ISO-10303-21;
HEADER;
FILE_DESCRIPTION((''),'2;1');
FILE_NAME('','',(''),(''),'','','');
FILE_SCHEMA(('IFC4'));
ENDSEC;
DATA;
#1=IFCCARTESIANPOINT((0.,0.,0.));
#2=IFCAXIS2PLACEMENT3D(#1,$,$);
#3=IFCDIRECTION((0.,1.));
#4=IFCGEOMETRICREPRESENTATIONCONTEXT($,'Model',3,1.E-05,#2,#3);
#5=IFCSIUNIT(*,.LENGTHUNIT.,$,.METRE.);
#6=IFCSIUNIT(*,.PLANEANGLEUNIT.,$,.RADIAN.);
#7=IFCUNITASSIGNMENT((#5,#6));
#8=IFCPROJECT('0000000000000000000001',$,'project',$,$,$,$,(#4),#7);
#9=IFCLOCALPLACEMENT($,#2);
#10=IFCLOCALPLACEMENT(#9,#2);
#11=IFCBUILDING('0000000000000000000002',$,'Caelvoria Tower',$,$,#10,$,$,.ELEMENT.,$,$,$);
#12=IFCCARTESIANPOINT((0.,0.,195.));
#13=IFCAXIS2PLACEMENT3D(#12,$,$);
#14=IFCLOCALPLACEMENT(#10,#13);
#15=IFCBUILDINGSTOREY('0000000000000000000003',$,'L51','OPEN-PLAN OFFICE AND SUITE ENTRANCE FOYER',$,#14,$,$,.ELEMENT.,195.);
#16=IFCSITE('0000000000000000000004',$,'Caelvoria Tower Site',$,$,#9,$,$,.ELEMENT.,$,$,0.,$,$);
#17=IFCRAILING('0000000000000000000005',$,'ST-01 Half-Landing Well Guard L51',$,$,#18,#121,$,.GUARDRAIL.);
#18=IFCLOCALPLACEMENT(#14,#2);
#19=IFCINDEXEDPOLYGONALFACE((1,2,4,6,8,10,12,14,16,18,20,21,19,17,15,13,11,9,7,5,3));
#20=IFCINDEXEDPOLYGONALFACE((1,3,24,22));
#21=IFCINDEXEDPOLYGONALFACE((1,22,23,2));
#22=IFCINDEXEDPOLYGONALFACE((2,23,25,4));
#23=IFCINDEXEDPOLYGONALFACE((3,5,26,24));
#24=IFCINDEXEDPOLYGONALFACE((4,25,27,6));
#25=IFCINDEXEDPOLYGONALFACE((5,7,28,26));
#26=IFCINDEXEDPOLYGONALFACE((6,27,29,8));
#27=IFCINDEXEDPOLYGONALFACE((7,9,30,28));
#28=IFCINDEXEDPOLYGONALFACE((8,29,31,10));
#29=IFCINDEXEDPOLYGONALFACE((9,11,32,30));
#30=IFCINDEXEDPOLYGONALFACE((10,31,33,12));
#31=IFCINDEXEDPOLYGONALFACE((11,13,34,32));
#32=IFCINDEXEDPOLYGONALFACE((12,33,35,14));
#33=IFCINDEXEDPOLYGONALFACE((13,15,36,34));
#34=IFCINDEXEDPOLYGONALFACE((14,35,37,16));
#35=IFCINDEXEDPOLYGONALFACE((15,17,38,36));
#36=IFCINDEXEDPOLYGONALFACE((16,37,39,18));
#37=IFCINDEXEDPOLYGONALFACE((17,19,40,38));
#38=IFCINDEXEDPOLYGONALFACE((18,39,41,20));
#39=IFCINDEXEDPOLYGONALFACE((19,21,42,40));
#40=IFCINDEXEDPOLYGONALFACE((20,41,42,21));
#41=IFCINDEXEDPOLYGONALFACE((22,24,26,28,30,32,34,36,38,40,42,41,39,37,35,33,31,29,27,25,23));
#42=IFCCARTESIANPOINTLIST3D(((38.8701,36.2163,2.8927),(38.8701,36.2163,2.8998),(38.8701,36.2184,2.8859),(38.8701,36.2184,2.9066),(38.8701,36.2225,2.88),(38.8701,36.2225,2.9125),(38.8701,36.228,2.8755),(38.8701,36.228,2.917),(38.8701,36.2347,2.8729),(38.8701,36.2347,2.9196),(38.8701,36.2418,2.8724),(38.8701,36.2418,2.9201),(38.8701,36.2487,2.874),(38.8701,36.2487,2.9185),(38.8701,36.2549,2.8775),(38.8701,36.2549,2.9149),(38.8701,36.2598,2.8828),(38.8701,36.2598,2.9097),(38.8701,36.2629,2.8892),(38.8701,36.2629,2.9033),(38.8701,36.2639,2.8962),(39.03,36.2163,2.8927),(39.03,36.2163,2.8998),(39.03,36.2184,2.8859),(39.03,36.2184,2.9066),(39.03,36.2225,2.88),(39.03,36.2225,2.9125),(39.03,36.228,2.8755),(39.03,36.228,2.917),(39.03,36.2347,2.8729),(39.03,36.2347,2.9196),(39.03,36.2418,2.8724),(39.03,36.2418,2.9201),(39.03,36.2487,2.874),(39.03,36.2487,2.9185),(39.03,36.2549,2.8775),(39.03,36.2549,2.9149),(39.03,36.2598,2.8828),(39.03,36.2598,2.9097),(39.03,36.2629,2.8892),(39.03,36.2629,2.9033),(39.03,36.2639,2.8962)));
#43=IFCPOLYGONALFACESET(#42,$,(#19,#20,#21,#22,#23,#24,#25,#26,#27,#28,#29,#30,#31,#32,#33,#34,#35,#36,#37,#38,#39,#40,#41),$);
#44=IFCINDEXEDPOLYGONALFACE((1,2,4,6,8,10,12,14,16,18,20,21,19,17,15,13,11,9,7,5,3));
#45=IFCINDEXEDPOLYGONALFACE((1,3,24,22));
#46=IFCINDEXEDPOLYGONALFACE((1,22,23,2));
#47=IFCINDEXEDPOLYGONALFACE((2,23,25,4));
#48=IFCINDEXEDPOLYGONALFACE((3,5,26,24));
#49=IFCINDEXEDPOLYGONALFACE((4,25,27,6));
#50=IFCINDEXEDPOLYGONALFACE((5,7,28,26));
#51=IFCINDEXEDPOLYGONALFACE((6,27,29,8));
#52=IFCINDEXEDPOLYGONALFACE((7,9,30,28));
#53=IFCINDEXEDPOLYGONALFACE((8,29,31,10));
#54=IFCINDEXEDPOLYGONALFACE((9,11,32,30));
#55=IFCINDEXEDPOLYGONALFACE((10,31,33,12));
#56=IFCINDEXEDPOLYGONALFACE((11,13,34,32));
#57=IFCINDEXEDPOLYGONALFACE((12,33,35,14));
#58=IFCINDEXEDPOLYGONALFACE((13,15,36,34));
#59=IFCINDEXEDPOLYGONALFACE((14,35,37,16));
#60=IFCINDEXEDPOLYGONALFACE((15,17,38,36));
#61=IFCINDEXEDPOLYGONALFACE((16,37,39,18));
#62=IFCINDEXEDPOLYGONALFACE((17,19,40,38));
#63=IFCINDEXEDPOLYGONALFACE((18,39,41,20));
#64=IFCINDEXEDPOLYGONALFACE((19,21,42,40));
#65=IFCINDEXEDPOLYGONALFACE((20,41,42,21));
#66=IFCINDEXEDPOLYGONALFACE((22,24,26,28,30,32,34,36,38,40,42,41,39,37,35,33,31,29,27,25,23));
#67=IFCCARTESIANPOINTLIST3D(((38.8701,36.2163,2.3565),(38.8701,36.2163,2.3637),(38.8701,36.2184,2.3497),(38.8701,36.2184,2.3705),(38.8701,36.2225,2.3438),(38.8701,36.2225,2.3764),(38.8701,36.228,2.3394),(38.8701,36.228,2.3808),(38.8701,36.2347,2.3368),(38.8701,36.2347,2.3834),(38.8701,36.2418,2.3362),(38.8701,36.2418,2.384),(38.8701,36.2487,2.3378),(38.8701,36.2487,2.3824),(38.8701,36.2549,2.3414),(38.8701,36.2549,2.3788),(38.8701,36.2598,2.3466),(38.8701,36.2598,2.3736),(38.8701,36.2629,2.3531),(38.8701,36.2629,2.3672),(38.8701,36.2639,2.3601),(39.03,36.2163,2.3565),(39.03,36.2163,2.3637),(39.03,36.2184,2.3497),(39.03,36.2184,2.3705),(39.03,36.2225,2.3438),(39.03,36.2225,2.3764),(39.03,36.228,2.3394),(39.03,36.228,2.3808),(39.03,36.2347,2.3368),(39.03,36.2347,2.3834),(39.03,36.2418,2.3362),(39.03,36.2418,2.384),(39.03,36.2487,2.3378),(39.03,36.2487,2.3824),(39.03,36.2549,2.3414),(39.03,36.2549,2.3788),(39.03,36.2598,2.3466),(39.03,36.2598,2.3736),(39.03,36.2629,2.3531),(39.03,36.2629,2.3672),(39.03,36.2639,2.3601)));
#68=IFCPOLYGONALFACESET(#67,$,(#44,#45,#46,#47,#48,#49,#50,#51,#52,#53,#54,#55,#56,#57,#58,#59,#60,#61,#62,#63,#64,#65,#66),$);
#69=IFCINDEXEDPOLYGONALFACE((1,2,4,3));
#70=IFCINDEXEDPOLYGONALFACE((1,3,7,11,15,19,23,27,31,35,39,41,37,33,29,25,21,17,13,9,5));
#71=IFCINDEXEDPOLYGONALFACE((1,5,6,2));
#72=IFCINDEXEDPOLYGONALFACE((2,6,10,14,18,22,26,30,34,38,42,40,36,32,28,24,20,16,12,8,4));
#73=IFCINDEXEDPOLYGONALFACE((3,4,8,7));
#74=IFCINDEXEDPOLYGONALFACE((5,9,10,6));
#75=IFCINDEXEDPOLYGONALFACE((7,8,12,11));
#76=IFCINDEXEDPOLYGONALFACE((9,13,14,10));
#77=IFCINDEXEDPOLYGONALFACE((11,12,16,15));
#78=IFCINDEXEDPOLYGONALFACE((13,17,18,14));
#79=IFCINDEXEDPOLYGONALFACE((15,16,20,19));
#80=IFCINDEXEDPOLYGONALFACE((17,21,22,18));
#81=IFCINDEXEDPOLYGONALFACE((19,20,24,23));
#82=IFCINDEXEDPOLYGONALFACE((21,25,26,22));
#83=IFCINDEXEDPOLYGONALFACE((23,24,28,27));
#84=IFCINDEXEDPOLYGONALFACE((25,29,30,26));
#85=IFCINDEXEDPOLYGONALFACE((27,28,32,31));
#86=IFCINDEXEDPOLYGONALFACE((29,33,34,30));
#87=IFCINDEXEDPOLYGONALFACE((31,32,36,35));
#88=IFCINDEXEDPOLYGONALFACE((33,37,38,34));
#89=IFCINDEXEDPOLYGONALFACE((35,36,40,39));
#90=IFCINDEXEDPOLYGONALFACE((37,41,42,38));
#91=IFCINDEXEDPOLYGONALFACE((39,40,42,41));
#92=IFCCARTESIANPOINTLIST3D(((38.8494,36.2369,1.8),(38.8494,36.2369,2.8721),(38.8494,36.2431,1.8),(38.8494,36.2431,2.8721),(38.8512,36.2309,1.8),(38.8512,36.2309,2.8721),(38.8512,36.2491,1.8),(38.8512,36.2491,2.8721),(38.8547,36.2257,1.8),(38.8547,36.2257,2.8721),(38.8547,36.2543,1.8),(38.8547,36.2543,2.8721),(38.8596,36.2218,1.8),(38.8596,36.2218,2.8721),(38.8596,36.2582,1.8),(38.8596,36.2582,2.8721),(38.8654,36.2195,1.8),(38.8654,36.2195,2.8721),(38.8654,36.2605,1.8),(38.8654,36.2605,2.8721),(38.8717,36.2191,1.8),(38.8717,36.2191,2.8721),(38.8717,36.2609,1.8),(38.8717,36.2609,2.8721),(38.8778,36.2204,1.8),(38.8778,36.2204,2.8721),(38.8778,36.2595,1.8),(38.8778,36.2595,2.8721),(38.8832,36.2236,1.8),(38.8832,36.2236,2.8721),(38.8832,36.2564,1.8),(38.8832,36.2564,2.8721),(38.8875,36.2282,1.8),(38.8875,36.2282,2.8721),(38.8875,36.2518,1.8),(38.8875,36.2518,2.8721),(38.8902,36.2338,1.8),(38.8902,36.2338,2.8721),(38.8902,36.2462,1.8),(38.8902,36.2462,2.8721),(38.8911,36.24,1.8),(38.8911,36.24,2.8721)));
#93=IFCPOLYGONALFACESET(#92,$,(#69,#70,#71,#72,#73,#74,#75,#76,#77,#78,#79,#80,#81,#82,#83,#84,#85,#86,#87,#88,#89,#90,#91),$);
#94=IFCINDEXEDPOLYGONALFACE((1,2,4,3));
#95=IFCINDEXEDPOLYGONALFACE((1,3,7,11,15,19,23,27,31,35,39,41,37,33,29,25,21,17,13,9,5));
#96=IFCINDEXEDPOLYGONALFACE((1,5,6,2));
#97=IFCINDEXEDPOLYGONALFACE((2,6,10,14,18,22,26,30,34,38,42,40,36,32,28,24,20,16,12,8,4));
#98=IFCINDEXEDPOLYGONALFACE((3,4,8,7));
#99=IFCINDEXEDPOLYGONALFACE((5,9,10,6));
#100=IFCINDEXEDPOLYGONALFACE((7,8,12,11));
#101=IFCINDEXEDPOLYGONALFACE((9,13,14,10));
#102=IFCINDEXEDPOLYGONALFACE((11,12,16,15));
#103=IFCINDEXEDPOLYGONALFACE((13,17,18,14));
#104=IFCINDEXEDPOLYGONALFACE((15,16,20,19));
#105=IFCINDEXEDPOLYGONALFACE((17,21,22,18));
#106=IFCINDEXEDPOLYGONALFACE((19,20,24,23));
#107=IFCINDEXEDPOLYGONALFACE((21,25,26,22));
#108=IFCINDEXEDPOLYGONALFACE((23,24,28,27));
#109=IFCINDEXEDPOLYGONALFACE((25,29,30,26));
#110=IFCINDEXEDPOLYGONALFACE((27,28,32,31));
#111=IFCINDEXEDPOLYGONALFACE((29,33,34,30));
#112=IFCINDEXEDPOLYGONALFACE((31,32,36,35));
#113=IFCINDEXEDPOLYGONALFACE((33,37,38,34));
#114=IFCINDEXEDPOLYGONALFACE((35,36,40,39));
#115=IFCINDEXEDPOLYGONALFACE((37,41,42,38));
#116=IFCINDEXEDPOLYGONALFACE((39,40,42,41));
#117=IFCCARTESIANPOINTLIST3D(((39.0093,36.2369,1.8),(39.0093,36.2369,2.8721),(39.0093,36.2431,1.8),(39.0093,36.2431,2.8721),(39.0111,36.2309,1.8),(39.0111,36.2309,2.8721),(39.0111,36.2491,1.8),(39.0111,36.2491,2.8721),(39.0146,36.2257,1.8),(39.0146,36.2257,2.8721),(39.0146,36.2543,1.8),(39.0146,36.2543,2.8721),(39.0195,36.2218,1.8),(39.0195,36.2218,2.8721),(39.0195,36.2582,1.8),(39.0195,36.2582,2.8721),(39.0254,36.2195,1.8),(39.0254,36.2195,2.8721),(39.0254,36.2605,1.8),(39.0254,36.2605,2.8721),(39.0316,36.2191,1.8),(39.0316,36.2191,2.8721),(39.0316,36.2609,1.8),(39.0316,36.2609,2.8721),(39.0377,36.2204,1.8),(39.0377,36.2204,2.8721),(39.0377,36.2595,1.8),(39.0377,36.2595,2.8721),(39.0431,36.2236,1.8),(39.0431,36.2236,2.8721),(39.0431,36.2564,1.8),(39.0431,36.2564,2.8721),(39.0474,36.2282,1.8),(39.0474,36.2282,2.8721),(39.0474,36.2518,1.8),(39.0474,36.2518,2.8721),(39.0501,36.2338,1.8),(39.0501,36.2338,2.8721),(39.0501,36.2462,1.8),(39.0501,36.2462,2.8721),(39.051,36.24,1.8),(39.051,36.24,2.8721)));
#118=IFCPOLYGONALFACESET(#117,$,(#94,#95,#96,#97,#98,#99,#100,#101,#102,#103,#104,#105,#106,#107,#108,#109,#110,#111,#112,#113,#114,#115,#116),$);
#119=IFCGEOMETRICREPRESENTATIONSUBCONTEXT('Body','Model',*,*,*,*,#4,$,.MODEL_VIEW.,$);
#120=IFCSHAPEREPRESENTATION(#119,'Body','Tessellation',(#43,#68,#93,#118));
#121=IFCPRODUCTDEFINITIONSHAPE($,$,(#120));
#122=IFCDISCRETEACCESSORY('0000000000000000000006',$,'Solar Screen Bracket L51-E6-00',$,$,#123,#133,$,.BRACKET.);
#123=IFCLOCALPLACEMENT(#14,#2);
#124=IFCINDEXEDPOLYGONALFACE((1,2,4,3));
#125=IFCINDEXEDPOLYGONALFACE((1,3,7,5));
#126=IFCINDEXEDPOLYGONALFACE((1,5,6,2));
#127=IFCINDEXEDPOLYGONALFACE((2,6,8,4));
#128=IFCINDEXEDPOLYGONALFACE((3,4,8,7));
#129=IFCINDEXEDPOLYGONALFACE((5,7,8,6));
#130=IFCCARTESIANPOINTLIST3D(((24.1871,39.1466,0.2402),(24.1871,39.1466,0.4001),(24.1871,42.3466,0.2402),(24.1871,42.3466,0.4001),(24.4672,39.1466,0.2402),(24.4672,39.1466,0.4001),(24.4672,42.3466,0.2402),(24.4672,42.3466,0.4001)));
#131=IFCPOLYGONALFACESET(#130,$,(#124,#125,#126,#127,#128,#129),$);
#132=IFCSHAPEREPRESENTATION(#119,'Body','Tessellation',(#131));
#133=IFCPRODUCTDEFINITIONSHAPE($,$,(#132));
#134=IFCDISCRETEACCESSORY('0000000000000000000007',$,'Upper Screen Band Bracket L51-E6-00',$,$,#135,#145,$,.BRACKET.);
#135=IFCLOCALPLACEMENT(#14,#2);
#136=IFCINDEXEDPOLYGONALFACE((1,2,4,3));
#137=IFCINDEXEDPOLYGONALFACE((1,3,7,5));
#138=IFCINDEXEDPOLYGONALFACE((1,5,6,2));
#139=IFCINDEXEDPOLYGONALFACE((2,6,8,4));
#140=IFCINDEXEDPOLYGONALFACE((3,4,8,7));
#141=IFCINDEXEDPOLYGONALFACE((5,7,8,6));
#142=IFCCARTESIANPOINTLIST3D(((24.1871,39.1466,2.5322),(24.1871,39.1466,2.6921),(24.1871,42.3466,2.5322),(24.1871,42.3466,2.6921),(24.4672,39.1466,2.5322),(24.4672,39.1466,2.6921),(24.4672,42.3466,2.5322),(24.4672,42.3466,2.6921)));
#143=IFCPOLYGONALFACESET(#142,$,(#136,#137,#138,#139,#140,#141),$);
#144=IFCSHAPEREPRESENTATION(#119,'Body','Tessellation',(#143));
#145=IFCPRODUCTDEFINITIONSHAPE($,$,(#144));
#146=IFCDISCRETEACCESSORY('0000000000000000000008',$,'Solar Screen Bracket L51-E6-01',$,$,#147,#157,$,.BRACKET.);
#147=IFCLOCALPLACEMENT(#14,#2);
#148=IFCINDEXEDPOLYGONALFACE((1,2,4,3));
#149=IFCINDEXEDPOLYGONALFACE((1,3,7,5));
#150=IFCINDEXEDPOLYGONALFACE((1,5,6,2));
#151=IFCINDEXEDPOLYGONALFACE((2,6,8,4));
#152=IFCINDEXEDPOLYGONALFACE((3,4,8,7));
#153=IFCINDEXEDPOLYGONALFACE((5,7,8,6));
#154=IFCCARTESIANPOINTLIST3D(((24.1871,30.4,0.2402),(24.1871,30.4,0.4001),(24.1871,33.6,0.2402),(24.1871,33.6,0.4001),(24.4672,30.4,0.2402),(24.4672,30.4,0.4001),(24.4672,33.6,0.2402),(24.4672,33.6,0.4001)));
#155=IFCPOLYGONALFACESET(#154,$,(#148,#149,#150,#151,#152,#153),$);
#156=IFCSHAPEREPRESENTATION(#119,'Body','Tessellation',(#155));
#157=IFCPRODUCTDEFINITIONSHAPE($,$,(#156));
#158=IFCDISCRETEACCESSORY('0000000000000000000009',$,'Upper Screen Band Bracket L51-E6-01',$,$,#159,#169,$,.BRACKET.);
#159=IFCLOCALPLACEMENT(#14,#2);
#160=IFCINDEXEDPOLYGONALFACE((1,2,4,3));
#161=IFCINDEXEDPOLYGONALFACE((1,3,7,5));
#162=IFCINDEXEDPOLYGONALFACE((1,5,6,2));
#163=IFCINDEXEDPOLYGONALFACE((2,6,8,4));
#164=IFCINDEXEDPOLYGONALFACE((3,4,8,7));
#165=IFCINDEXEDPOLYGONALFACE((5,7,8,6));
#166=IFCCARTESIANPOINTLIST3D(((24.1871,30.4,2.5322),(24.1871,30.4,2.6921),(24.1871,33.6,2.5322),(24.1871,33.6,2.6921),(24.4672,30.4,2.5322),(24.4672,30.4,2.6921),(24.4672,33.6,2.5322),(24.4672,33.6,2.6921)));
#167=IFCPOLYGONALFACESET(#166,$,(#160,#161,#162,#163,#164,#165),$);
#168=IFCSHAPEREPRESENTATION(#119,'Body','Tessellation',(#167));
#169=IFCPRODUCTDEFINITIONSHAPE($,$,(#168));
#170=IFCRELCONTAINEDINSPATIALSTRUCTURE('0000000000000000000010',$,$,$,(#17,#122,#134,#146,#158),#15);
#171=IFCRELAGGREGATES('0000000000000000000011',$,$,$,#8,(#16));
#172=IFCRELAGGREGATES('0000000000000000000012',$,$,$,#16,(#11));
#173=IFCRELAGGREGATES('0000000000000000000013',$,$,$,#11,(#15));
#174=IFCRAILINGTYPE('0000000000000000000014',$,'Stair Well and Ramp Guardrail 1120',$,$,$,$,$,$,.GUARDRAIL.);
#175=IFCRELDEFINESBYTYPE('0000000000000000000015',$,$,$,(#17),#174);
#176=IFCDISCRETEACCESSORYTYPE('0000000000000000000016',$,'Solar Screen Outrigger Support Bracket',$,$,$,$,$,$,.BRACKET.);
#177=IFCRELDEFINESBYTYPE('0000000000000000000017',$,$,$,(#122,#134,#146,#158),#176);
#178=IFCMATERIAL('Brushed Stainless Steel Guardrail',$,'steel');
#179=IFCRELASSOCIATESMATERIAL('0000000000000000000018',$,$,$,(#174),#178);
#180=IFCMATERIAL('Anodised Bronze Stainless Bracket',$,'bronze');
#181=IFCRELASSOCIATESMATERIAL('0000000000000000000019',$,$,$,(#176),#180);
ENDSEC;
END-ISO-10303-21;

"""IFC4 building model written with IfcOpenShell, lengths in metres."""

from ifc_helpers import new_model, si_unit, direction, frame, origin, origin_2d, place, context, subcontext, project, spatial, rectangle, circle, extrude, material, type_object, element, save


model = new_model("IFC4")

# Units and contexts
model_context = context("Model", 3, precision=1e-05, world=origin(), true_north=direction((0.0, 1.0)))
body_context = subcontext(model_context, "Body", "Model", "MODEL_VIEW")
ifc_project = project(units=[si_unit("LENGTHUNIT", "METRE"), si_unit("PLANEANGLEUNIT", "RADIAN")], contexts=[model_context])

# Site, building, storey
site_placement = place(None, origin())
site = spatial("IfcSite", under=ifc_project, at=site_placement, Name="Caelvoria Tower Site", CompositionType="ELEMENT", RefElevation=0.0)
building_placement = place(site_placement, origin())
building = spatial("IfcBuilding", under=site, at=building_placement, Name="Caelvoria Tower", CompositionType="ELEMENT")
storey_placement = place(building_placement, frame((0.0, 0.0, 195.0)))
storey = spatial("IfcBuildingStorey", under=building, at=storey_placement, Name="L51", Description="OPEN-PLAN OFFICE AND SUITE ENTRANCE FOYER", CompositionType="ELEMENT", Elevation=195.0)

# Railing
ifc_material_1 = material(Name="Brushed Stainless Steel Guardrail", Category="steel")
railing_type_1 = type_object("IfcRailingType", Name="Stair Well and Ramp Guardrail 1120", PredefinedType="GUARDRAIL", material=ifc_material_1)
railing_1_placement = place(storey_placement, frame((38.8701, 36.24, 1.8)))
element("IfcRailing", 1, at=railing_1_placement, inside=storey, type_object=railing_type_1, Name="ST-01 Half-Landing Well Guard L51", PredefinedType="GUARDRAIL", context=body_context, shape_type="SweptSolid", body=[
    extrude(circle(Radius=0.0239, at=origin_2d()), frame((0.0, 0.0, 1.0962), z_axis=(1.0, 0.0, 0.0), x_axis=(0.0, 1.0, 0.0)), (0.0, 0.0, 1.0), 0.1599),
    extrude(circle(Radius=0.0239, at=origin_2d()), frame((0.0, 0.0, 0.5601), z_axis=(1.0, 0.0, 0.0), x_axis=(0.0, 1.0, 0.0)), (0.0, 0.0, 1.0), 0.1599),
    extrude(circle(Radius=0.021, at=origin_2d()), origin(), (0.0, 0.0, 1.0), 1.072),
    extrude(circle(Radius=0.021, at=origin_2d()), frame((0.1599, 0.0, 0.0)), (0.0, 0.0, 1.0), 1.072),
])

# Discrete accessories
ifc_material_2 = material(Name="Anodised Bronze Stainless Bracket", Category="bronze")
discrete_accessory_type = type_object("IfcDiscreteAccessoryType", Name="Solar Screen Outrigger Support Bracket", PredefinedType="BRACKET", material=ifc_material_2)
for number, where, z_axis, x_axis, name in (
    (2, (24.3271, 40.7466, 0.2402), (0.0, 0.0, 1.0), (0.0, -1.0, 0.0), "Solar Screen Bracket L51-E6-00"),
    (3, (24.3271, 40.7466, 2.5322), (0.0, 0.0, 1.0), (0.0, -1.0, 0.0), "Upper Screen Band Bracket L51-E6-00"),
    (4, (24.3271, 32.0, 0.2402), (0.0, 0.0, 1.0), (0.0, -1.0, 0.0), "Solar Screen Bracket L51-E6-01"),
    (5, (24.3271, 32.0, 2.5322), (0.0, 0.0, 1.0), (0.0, -1.0, 0.0), "Upper Screen Band Bracket L51-E6-01"),
):
    element("IfcDiscreteAccessory", number, at=place(storey_placement, frame(where, z_axis=z_axis, x_axis=x_axis)), inside=storey, type_object=discrete_accessory_type, Name=name, PredefinedType="BRACKET", context=body_context, shape_type="SweptSolid", body=[
        extrude(rectangle(XDim=3.2, YDim=0.28, at=origin_2d()), origin(), (0.0, 0.0, 1.0), 0.1599),
    ])

save(model, "model.ifc")
